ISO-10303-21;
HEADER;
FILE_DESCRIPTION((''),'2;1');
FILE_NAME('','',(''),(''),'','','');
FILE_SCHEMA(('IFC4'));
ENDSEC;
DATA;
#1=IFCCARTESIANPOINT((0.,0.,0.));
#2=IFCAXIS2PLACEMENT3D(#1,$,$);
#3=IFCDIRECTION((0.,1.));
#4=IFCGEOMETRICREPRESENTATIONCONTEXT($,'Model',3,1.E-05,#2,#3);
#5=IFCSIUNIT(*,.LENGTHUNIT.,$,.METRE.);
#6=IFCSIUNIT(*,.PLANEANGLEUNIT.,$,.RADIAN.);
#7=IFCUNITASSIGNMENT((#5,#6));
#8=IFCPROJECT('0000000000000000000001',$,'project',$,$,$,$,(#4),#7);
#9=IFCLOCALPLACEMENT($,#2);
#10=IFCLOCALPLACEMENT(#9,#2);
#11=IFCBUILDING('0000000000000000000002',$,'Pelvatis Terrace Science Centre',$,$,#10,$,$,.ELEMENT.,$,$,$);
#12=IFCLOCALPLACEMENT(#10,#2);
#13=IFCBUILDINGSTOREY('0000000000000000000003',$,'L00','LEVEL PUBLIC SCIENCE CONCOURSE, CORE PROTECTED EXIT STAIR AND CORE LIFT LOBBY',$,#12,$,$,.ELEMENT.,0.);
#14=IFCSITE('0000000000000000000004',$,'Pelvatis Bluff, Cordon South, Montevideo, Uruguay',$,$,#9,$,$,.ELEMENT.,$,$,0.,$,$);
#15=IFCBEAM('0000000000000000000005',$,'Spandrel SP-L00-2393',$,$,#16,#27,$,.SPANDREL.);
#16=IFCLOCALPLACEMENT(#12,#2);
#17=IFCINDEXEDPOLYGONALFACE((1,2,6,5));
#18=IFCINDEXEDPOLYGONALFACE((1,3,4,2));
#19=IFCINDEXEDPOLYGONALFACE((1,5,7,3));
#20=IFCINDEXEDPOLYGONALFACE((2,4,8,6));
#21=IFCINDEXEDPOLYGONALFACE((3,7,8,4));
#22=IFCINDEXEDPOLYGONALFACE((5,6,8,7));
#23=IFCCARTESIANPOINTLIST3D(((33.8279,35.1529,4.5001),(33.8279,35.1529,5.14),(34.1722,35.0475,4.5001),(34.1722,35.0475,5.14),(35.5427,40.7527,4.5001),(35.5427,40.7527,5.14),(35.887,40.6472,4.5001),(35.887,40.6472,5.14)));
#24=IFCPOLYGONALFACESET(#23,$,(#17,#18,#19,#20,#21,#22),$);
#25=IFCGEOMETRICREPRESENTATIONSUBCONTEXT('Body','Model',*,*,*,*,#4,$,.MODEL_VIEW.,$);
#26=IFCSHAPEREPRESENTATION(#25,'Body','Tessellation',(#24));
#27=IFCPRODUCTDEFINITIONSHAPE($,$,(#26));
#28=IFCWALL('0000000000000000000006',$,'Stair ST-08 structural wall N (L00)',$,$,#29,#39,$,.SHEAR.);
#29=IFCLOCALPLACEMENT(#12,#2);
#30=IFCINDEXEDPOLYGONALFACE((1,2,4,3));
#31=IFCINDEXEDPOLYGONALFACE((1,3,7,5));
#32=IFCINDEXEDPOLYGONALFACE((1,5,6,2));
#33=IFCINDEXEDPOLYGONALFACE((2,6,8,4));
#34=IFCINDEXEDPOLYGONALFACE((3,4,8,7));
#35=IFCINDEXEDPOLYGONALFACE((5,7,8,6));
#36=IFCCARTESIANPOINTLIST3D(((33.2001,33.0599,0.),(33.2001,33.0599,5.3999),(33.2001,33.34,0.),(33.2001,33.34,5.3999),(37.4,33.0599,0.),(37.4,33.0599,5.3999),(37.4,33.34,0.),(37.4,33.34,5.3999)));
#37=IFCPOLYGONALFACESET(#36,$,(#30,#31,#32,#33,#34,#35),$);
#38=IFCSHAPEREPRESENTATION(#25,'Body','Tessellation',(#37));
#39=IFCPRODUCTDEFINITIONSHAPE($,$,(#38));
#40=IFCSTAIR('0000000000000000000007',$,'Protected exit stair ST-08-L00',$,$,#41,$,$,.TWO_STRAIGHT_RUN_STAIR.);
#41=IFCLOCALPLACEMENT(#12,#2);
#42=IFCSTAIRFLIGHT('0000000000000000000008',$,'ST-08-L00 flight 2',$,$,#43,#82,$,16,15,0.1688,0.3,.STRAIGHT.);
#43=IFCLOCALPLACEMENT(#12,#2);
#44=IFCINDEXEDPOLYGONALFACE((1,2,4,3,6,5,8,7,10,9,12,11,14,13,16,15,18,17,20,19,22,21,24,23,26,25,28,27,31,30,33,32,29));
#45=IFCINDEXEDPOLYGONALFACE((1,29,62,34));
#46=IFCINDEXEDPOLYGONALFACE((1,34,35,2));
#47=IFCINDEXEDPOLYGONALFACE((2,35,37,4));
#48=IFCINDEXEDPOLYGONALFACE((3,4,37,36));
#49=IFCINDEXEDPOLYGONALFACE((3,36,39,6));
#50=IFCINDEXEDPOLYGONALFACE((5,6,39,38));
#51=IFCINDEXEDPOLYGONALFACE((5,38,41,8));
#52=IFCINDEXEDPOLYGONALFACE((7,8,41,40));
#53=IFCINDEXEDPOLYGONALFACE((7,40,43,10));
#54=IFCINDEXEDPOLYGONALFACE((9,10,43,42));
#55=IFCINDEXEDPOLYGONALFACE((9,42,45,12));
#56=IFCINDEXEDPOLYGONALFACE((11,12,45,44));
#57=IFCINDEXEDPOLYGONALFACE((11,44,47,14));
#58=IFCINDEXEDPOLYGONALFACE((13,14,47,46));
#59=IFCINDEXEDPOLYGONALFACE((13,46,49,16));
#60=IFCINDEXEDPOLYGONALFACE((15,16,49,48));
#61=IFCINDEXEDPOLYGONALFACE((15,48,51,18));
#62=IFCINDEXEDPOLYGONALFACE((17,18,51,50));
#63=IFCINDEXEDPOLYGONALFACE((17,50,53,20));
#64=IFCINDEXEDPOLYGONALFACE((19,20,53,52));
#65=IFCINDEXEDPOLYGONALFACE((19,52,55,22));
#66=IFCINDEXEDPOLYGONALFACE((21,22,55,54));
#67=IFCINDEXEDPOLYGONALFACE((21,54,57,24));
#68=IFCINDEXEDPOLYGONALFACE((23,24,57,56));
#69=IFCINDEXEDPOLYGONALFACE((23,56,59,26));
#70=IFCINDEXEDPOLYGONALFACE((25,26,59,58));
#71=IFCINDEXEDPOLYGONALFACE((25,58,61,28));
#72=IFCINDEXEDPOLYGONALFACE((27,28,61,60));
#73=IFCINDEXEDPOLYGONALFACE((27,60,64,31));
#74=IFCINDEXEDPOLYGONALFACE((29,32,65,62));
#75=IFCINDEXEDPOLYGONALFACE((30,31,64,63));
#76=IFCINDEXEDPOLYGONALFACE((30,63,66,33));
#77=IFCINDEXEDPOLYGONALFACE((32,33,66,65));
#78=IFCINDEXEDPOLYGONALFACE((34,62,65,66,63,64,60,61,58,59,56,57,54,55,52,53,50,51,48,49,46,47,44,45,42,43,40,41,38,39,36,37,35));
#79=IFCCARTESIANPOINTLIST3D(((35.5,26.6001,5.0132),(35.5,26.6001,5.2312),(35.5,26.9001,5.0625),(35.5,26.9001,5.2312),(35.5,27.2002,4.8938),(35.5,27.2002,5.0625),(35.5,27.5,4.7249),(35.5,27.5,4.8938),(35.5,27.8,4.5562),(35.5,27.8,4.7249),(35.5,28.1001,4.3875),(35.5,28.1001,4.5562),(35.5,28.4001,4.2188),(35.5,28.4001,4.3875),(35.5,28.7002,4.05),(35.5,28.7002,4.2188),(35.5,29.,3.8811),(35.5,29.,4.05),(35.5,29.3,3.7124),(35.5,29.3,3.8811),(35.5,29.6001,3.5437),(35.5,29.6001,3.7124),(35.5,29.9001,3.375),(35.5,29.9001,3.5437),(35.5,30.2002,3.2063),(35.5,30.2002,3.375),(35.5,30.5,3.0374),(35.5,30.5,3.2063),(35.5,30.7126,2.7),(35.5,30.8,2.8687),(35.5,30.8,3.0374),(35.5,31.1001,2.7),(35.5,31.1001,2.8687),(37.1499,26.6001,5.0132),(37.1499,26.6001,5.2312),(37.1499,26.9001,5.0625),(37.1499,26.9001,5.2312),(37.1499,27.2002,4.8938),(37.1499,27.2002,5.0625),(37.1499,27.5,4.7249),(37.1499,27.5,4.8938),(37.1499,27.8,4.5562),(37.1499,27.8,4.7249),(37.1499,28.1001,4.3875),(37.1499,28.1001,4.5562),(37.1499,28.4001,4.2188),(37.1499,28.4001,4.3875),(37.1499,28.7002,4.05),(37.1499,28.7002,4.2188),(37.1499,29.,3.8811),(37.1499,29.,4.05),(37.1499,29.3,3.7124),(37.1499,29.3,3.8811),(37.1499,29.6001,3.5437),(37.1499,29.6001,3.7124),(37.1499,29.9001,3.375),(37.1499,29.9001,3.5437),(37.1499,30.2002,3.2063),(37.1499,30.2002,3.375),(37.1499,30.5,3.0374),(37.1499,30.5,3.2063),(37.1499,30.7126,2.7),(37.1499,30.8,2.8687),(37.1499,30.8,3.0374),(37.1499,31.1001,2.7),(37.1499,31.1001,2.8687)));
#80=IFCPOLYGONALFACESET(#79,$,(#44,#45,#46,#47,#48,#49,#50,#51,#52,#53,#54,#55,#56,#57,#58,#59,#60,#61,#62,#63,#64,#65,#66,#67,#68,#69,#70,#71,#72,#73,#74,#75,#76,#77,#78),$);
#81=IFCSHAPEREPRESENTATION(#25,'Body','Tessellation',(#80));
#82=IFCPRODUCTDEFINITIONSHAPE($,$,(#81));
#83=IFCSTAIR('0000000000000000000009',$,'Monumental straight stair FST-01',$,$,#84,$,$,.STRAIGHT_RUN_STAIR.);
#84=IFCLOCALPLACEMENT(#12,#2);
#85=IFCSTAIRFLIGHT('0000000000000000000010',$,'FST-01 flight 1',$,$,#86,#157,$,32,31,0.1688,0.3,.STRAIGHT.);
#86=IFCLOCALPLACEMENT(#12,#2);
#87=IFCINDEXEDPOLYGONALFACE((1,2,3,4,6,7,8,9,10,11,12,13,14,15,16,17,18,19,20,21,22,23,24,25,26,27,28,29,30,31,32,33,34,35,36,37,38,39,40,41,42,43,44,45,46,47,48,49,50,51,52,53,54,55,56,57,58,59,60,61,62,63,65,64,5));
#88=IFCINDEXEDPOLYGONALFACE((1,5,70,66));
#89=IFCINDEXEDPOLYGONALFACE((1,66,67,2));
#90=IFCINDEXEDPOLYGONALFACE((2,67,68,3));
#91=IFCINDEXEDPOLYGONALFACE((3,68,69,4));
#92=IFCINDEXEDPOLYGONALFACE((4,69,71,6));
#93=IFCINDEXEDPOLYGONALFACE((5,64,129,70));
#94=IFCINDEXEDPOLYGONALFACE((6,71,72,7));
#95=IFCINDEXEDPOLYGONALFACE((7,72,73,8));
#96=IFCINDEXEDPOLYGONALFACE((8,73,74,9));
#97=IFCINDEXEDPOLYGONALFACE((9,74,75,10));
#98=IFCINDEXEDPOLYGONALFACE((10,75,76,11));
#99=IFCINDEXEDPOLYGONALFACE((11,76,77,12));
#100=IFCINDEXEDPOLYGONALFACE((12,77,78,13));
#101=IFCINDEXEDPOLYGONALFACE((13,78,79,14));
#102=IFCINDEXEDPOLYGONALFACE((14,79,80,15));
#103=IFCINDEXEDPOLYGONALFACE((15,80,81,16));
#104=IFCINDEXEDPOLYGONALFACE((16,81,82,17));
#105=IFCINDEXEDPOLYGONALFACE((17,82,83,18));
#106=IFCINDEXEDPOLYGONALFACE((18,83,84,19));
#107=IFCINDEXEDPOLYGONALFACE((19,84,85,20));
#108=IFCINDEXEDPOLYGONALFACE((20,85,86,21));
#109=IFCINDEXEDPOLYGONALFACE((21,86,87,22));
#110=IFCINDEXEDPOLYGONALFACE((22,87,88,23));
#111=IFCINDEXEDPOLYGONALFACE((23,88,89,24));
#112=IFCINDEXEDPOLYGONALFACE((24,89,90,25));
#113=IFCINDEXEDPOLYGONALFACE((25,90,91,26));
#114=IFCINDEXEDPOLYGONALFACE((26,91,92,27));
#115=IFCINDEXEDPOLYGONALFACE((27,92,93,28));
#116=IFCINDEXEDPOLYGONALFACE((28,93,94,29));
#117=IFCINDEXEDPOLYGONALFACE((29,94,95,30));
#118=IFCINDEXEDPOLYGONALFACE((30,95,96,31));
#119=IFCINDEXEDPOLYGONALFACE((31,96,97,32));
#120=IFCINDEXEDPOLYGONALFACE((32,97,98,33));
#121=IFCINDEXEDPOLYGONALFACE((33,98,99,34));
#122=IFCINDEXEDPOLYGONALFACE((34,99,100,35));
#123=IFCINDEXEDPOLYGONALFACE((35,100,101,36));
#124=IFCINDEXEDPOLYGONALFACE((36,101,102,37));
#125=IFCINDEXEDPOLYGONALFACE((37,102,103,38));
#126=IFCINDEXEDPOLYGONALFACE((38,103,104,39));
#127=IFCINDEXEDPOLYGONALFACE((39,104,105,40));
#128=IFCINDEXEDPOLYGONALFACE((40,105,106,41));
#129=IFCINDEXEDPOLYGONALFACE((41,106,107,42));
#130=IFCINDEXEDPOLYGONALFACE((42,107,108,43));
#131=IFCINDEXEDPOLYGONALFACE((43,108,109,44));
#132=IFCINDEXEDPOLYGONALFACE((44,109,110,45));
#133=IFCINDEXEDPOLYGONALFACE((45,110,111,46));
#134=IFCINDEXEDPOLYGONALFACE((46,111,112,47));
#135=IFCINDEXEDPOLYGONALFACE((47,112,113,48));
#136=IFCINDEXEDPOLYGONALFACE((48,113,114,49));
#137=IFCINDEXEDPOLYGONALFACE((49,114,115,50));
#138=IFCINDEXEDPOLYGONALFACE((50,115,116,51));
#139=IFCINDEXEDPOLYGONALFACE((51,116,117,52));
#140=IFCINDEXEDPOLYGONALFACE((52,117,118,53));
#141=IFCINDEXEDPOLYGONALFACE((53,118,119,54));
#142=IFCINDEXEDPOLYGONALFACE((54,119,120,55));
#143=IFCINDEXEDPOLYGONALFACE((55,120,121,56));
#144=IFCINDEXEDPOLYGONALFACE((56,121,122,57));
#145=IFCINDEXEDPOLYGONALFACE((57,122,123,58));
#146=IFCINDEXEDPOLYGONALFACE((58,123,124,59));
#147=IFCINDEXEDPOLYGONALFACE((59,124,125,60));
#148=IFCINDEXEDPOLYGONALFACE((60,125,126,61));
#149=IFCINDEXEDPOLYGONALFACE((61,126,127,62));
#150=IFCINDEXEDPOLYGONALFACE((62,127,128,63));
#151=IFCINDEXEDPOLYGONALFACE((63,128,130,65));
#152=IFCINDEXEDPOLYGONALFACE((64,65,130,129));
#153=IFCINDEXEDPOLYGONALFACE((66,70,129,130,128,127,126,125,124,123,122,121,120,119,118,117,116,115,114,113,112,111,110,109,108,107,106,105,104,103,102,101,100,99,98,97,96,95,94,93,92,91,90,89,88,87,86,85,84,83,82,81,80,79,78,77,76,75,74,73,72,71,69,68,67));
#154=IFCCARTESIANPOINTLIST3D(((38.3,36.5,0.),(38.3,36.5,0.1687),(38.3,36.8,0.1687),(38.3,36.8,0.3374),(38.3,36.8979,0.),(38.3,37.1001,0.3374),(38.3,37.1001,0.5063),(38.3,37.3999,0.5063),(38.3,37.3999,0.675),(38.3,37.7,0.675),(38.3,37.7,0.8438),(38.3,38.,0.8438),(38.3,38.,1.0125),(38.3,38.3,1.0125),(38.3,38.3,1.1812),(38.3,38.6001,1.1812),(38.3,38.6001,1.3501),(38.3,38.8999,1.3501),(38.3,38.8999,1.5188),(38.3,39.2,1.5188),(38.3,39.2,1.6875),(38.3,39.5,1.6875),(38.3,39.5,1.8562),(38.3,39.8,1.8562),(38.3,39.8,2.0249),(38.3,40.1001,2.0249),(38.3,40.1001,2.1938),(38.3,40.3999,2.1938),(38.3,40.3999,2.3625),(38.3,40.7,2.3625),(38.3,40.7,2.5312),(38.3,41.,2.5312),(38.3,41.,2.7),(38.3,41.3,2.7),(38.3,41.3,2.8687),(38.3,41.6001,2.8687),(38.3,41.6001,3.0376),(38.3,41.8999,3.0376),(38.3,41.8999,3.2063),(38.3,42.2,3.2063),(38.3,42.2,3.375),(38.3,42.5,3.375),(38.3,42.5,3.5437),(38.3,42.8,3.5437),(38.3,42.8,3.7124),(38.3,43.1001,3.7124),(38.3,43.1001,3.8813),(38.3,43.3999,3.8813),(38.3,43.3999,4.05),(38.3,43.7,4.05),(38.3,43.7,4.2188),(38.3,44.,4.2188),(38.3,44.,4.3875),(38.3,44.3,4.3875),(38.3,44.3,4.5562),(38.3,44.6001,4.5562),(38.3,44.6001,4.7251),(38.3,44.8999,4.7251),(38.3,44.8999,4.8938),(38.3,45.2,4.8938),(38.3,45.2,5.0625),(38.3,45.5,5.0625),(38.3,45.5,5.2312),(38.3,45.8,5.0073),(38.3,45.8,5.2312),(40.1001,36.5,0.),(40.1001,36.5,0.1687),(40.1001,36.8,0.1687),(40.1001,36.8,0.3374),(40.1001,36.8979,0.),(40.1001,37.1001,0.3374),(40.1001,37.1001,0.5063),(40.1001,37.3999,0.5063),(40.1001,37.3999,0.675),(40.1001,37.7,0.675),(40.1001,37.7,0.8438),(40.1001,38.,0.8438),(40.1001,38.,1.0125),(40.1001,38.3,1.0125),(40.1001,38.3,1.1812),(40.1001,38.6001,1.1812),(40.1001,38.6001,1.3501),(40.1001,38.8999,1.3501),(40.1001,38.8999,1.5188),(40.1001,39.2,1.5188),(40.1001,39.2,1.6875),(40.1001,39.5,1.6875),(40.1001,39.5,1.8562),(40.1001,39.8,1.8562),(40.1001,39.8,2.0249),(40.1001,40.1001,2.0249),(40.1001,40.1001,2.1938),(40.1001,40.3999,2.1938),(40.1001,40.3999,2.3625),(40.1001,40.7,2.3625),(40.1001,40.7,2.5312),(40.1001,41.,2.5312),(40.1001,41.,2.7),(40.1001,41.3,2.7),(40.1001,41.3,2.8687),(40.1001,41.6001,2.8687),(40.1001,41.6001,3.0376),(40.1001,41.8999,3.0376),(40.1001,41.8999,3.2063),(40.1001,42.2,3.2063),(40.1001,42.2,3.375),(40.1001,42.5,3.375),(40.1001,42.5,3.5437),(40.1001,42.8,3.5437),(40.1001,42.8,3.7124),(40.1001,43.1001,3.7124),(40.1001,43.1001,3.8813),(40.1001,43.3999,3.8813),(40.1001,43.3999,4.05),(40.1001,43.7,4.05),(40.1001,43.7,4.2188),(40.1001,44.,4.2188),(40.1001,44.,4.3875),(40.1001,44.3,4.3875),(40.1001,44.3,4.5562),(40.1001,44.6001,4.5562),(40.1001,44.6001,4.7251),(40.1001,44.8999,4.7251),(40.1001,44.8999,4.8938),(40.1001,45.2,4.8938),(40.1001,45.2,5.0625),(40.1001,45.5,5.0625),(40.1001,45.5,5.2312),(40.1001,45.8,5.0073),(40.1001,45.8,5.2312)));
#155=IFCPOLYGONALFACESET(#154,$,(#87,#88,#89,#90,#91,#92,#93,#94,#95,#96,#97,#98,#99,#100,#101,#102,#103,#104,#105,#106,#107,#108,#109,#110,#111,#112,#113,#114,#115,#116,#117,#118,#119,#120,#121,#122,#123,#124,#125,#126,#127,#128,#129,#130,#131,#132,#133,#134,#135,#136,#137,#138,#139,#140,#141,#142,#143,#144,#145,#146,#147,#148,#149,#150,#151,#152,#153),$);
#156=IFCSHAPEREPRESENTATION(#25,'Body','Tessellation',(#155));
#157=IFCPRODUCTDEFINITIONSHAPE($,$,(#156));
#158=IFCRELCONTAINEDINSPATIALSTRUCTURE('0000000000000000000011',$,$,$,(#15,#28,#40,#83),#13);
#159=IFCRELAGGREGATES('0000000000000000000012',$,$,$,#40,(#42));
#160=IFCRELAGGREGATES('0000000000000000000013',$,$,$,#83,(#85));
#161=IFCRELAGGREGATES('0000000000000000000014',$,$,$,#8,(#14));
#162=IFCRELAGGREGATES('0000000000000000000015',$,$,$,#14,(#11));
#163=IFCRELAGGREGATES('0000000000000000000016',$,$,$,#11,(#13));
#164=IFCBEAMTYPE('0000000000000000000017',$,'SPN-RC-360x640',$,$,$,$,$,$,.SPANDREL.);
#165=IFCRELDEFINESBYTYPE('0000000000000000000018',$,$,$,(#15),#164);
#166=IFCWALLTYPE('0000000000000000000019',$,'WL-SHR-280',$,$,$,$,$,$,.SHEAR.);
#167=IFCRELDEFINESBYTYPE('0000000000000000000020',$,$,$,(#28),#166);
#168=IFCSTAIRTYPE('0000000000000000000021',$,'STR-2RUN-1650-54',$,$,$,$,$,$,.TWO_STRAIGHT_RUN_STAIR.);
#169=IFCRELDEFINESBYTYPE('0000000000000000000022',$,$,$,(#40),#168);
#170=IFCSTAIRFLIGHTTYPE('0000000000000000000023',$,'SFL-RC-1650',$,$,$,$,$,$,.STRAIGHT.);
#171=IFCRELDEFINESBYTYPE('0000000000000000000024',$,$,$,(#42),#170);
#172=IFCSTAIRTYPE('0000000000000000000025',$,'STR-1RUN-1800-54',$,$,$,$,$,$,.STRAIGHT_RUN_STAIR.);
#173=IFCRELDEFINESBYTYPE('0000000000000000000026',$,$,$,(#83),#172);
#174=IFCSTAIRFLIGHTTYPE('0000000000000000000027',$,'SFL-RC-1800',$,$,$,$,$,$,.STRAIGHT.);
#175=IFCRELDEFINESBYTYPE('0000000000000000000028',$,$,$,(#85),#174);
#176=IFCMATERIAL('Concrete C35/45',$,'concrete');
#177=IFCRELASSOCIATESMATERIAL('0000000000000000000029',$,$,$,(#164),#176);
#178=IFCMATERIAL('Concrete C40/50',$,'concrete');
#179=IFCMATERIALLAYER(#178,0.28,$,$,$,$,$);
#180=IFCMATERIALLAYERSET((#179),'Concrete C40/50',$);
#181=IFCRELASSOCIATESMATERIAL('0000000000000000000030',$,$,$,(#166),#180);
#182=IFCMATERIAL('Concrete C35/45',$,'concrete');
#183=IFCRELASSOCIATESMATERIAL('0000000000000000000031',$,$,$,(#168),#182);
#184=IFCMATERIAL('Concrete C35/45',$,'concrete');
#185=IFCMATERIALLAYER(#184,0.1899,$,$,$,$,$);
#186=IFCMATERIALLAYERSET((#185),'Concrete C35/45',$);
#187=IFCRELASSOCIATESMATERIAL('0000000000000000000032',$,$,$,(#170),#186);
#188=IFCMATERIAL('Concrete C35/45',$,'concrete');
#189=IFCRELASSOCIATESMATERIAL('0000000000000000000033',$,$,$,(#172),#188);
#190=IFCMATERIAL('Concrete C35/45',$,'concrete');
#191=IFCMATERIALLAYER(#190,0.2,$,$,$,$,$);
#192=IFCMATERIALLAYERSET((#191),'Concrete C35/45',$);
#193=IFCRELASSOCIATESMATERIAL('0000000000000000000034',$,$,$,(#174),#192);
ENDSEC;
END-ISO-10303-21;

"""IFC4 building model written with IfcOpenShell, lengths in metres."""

from ifc_helpers import new_model, si_unit, direction, frame, frame_2d, origin, origin_2d, place, context, subcontext, project, spatial, polyline, rectangle, outline, extrude, material, layer, layer_set, material_profile, profile_set, type_object, element, aggregate, save


model = new_model("IFC4")

# Units and contexts
model_context = context("Model", 3, precision=1e-05, world=origin(), true_north=direction((0.0, 1.0)))
body_context = subcontext(model_context, "Body", "Model", "MODEL_VIEW")
ifc_project = project(units=[si_unit("LENGTHUNIT", "METRE"), si_unit("PLANEANGLEUNIT", "RADIAN")], contexts=[model_context])

# Site, building, storey
site_placement = place(None, origin())
site = spatial("IfcSite", under=ifc_project, at=site_placement, Name="Pelvatis Bluff, Cordon South, Montevideo, Uruguay", CompositionType="ELEMENT", RefElevation=0.0)
building_placement = place(site_placement, origin())
building = spatial("IfcBuilding", under=site, at=building_placement, Name="Pelvatis Terrace Science Centre", CompositionType="ELEMENT")
storey_placement = place(building_placement, origin())
storey = spatial("IfcBuildingStorey", under=building, at=storey_placement, Name="L00", Description="LEVEL PUBLIC SCIENCE CONCOURSE, CORE PROTECTED EXIT STAIR AND CORE LIFT LOBBY", CompositionType="ELEMENT", Elevation=0.0)

# Beam
ifc_material_1 = material(Name="Concrete C35/45", Category="concrete")
ifc_material_profile_1 = material_profile(ifc_material_1, rectangle(XDim=0.3601, YDim=0.6399, at=origin_2d()), Name="RC-SPN 360x640")
ifc_profile_set_1 = profile_set([ifc_material_profile_1], Name="Concrete C35/45")
beam_type_1 = type_object("IfcBeamType", Name="SPN-RC-360x640", PredefinedType="SPANDREL", material=ifc_profile_set_1)
beam_1_placement = place(storey_placement, frame((35.7148, 40.7, 4.8201), z_axis=(-0.292808, -0.956171, 0.0), x_axis=(0.956171, -0.292808, 0.0)))
element("IfcBeam", 1, at=beam_1_placement, inside=storey, type_object=beam_type_1, Name="Spandrel SP-L00-2393", PredefinedType="SPANDREL", context=body_context, shape_type="SweptSolid", body=[
    extrude(rectangle(XDim=0.3601, YDim=0.6399, at=origin_2d()), origin(), (0.0, 0.0, 1.0), 5.8564),
])

# Wall
ifc_material_2 = material(Name="Concrete C40/50", Category="concrete")
ifc_layer_1 = layer(ifc_material_2, 0.28)
ifc_layer_set_1 = layer_set([ifc_layer_1], Name="Concrete C40/50")
wall_type = type_object("IfcWallType", Name="WL-SHR-280", PredefinedType="SHEAR", material=ifc_layer_set_1)
wall_placement = place(storey_placement, frame((33.2, 33.2, 0.0), z_axis=(0.0, 0.0, 1.0), x_axis=(1.0, 0.0, 0.0)))
element("IfcWall", 2, at=wall_placement, inside=storey, type_object=wall_type, Name="Stair ST-08 structural wall N (L00)", PredefinedType="SHEAR", context=body_context, shape_type="SweptSolid", body=[
    extrude(rectangle(XDim=4.2, YDim=0.28, at=frame_2d((2.1001, 0.0))), origin(), (0.0, 0.0, 1.0), 5.3999),
])

# Stairs, stair flights
ifc_material_3 = material(Name="Concrete C35/45", Category="concrete")
stair_type_1 = type_object("IfcStairType", Name="STR-2RUN-1650-54", PredefinedType="TWO_STRAIGHT_RUN_STAIR", material=ifc_material_3)
stair_1_placement = place(storey_placement, origin())
stair_1 = element("IfcStair", 3, at=stair_1_placement, inside=storey, type_object=stair_type_1, Name="Protected exit stair ST-08-L00", PredefinedType="TWO_STRAIGHT_RUN_STAIR")
ifc_material_4 = material(Name="Concrete C35/45", Category="concrete")
ifc_layer_2 = layer(ifc_material_4, 0.1899)
ifc_layer_set_2 = layer_set([ifc_layer_2], Name="Concrete C35/45")
stair_flight_type_1 = type_object("IfcStairFlightType", Name="SFL-RC-1650", PredefinedType="STRAIGHT", material=ifc_layer_set_2)
stair_flight_1_placement = place(storey_placement, frame((36.325, 31.1001, 2.7), z_axis=(0.0, 0.0, 1.0), x_axis=(0.0, -1.0, 0.0)))
stair_flight_1 = element("IfcStairFlight", 4, at=stair_flight_1_placement, type_object=stair_flight_type_1, Name="ST-08-L00 flight 2", NumberOfRisers=16, NumberOfTreads=15, PredefinedType="STRAIGHT", RiserHeight=0.1688, TreadLength=0.3, context=body_context, shape_type="SweptSolid", body=[
    extrude(outline(polyline([(0.0, 0.0), (0.0, 0.1687), (0.3, 0.1687), (0.3, 0.3374), (0.6001, 0.3374), (0.6001, 0.5063), (0.8999, 0.5063), (0.8999, 0.675), (1.2, 0.675), (1.2, 0.8438), (1.5, 0.8438), (1.5, 1.0125), (1.8, 1.0125), (1.8, 1.1812), (2.1001, 1.1812), (2.1001, 1.3501), (2.3999, 1.3501), (2.3999, 1.5188), (2.7, 1.5188), (2.7, 1.6875), (3.0, 1.6875), (3.0, 1.8562), (3.3, 1.8562), (3.3, 2.0249), (3.6001, 2.0249), (3.6001, 2.1938), (3.8999, 2.1938), (3.8999, 2.3625), (4.2, 2.3625), (4.2, 2.5312), (4.5, 2.5312), (4.5, 2.7), (4.5, 2.3132), (0.3875, 0.0), (0.0, 0.0)])), frame((0.0, 0.825, 0.0), z_axis=(0.0, -1.0, 0.0), x_axis=(1.0, 0.0, 0.0)), (0.0, 0.0, 1.0), 1.6499),
])
aggregate(stair_1, [stair_flight_1])
ifc_material_5 = material(Name="Concrete C35/45", Category="concrete")
stair_type_2 = type_object("IfcStairType", Name="STR-1RUN-1800-54", PredefinedType="STRAIGHT_RUN_STAIR", material=ifc_material_5)
stair_2_placement = place(storey_placement, origin())
stair_2 = element("IfcStair", 5, at=stair_2_placement, inside=storey, type_object=stair_type_2, Name="Monumental straight stair FST-01", PredefinedType="STRAIGHT_RUN_STAIR")
ifc_material_6 = material(Name="Concrete C35/45", Category="concrete")
ifc_layer_3 = layer(ifc_material_6, 0.2)
ifc_layer_set_3 = layer_set([ifc_layer_3], Name="Concrete C35/45")
stair_flight_type_2 = type_object("IfcStairFlightType", Name="SFL-RC-1800", PredefinedType="STRAIGHT", material=ifc_layer_set_3)
stair_flight_2_placement = place(storey_placement, frame((39.2, 36.5, 0.0), z_axis=(0.0, 0.0, 1.0), x_axis=(0.0, 1.0, 0.0)))
stair_flight_2 = element("IfcStairFlight", 6, at=stair_flight_2_placement, type_object=stair_flight_type_2, Name="FST-01 flight 1", NumberOfRisers=32, NumberOfTreads=31, PredefinedType="STRAIGHT", RiserHeight=0.1688, TreadLength=0.3, context=body_context, shape_type="SweptSolid", body=[
    extrude(outline(polyline([(0.0, 0.0), (0.0, 0.1687), (0.3, 0.1687), (0.3, 0.3374), (0.6001, 0.3374), (0.6001, 0.5063), (0.8999, 0.5063), (0.8999, 0.675), (1.2, 0.675), (1.2, 0.8438), (1.5, 0.8438), (1.5, 1.0125), (1.8, 1.0125), (1.8, 1.1812), (2.1001, 1.1812), (2.1001, 1.3501), (2.3999, 1.3501), (2.3999, 1.5188), (2.7, 1.5188), (2.7, 1.6875), (3.0, 1.6875), (3.0, 1.8562), (3.3, 1.8562), (3.3, 2.0249), (3.6001, 2.0249), (3.6001, 2.1938), (3.8999, 2.1938), (3.8999, 2.3625), (4.2, 2.3625), (4.2, 2.5312), (4.5, 2.5312), (4.5, 2.7), (4.8, 2.7), (4.8, 2.8687), (5.1001, 2.8687), (5.1001, 3.0376), (5.3999, 3.0376), (5.3999, 3.2063), (5.7, 3.2063), (5.7, 3.375), (6.0, 3.375), (6.0, 3.5437), (6.3, 3.5437), (6.3, 3.7124), (6.6001, 3.7124), (6.6001, 3.8813), (6.8999, 3.8813), (6.8999, 4.05), (7.2, 4.05), (7.2, 4.2188), (7.5, 4.2188), (7.5, 4.3875), (7.8, 4.3875), (7.8, 4.5562), (8.1001, 4.5562), (8.1001, 4.7251), (8.3999, 4.7251), (8.3999, 4.8938), (8.7, 4.8938), (8.7, 5.0625), (9.0, 5.0625), (9.0, 5.2312), (9.3, 5.2312), (9.3, 5.3999), (9.3, 5.0073), (0.3979, 0.0), (0.0, 0.0)])), frame((0.0, 0.8999, 0.0), z_axis=(0.0, -1.0, 0.0), x_axis=(1.0, 0.0, 0.0)), (0.0, 0.0, 1.0), 1.8),
])
aggregate(stair_2, [stair_flight_2])

save(model, "model.ifc")
